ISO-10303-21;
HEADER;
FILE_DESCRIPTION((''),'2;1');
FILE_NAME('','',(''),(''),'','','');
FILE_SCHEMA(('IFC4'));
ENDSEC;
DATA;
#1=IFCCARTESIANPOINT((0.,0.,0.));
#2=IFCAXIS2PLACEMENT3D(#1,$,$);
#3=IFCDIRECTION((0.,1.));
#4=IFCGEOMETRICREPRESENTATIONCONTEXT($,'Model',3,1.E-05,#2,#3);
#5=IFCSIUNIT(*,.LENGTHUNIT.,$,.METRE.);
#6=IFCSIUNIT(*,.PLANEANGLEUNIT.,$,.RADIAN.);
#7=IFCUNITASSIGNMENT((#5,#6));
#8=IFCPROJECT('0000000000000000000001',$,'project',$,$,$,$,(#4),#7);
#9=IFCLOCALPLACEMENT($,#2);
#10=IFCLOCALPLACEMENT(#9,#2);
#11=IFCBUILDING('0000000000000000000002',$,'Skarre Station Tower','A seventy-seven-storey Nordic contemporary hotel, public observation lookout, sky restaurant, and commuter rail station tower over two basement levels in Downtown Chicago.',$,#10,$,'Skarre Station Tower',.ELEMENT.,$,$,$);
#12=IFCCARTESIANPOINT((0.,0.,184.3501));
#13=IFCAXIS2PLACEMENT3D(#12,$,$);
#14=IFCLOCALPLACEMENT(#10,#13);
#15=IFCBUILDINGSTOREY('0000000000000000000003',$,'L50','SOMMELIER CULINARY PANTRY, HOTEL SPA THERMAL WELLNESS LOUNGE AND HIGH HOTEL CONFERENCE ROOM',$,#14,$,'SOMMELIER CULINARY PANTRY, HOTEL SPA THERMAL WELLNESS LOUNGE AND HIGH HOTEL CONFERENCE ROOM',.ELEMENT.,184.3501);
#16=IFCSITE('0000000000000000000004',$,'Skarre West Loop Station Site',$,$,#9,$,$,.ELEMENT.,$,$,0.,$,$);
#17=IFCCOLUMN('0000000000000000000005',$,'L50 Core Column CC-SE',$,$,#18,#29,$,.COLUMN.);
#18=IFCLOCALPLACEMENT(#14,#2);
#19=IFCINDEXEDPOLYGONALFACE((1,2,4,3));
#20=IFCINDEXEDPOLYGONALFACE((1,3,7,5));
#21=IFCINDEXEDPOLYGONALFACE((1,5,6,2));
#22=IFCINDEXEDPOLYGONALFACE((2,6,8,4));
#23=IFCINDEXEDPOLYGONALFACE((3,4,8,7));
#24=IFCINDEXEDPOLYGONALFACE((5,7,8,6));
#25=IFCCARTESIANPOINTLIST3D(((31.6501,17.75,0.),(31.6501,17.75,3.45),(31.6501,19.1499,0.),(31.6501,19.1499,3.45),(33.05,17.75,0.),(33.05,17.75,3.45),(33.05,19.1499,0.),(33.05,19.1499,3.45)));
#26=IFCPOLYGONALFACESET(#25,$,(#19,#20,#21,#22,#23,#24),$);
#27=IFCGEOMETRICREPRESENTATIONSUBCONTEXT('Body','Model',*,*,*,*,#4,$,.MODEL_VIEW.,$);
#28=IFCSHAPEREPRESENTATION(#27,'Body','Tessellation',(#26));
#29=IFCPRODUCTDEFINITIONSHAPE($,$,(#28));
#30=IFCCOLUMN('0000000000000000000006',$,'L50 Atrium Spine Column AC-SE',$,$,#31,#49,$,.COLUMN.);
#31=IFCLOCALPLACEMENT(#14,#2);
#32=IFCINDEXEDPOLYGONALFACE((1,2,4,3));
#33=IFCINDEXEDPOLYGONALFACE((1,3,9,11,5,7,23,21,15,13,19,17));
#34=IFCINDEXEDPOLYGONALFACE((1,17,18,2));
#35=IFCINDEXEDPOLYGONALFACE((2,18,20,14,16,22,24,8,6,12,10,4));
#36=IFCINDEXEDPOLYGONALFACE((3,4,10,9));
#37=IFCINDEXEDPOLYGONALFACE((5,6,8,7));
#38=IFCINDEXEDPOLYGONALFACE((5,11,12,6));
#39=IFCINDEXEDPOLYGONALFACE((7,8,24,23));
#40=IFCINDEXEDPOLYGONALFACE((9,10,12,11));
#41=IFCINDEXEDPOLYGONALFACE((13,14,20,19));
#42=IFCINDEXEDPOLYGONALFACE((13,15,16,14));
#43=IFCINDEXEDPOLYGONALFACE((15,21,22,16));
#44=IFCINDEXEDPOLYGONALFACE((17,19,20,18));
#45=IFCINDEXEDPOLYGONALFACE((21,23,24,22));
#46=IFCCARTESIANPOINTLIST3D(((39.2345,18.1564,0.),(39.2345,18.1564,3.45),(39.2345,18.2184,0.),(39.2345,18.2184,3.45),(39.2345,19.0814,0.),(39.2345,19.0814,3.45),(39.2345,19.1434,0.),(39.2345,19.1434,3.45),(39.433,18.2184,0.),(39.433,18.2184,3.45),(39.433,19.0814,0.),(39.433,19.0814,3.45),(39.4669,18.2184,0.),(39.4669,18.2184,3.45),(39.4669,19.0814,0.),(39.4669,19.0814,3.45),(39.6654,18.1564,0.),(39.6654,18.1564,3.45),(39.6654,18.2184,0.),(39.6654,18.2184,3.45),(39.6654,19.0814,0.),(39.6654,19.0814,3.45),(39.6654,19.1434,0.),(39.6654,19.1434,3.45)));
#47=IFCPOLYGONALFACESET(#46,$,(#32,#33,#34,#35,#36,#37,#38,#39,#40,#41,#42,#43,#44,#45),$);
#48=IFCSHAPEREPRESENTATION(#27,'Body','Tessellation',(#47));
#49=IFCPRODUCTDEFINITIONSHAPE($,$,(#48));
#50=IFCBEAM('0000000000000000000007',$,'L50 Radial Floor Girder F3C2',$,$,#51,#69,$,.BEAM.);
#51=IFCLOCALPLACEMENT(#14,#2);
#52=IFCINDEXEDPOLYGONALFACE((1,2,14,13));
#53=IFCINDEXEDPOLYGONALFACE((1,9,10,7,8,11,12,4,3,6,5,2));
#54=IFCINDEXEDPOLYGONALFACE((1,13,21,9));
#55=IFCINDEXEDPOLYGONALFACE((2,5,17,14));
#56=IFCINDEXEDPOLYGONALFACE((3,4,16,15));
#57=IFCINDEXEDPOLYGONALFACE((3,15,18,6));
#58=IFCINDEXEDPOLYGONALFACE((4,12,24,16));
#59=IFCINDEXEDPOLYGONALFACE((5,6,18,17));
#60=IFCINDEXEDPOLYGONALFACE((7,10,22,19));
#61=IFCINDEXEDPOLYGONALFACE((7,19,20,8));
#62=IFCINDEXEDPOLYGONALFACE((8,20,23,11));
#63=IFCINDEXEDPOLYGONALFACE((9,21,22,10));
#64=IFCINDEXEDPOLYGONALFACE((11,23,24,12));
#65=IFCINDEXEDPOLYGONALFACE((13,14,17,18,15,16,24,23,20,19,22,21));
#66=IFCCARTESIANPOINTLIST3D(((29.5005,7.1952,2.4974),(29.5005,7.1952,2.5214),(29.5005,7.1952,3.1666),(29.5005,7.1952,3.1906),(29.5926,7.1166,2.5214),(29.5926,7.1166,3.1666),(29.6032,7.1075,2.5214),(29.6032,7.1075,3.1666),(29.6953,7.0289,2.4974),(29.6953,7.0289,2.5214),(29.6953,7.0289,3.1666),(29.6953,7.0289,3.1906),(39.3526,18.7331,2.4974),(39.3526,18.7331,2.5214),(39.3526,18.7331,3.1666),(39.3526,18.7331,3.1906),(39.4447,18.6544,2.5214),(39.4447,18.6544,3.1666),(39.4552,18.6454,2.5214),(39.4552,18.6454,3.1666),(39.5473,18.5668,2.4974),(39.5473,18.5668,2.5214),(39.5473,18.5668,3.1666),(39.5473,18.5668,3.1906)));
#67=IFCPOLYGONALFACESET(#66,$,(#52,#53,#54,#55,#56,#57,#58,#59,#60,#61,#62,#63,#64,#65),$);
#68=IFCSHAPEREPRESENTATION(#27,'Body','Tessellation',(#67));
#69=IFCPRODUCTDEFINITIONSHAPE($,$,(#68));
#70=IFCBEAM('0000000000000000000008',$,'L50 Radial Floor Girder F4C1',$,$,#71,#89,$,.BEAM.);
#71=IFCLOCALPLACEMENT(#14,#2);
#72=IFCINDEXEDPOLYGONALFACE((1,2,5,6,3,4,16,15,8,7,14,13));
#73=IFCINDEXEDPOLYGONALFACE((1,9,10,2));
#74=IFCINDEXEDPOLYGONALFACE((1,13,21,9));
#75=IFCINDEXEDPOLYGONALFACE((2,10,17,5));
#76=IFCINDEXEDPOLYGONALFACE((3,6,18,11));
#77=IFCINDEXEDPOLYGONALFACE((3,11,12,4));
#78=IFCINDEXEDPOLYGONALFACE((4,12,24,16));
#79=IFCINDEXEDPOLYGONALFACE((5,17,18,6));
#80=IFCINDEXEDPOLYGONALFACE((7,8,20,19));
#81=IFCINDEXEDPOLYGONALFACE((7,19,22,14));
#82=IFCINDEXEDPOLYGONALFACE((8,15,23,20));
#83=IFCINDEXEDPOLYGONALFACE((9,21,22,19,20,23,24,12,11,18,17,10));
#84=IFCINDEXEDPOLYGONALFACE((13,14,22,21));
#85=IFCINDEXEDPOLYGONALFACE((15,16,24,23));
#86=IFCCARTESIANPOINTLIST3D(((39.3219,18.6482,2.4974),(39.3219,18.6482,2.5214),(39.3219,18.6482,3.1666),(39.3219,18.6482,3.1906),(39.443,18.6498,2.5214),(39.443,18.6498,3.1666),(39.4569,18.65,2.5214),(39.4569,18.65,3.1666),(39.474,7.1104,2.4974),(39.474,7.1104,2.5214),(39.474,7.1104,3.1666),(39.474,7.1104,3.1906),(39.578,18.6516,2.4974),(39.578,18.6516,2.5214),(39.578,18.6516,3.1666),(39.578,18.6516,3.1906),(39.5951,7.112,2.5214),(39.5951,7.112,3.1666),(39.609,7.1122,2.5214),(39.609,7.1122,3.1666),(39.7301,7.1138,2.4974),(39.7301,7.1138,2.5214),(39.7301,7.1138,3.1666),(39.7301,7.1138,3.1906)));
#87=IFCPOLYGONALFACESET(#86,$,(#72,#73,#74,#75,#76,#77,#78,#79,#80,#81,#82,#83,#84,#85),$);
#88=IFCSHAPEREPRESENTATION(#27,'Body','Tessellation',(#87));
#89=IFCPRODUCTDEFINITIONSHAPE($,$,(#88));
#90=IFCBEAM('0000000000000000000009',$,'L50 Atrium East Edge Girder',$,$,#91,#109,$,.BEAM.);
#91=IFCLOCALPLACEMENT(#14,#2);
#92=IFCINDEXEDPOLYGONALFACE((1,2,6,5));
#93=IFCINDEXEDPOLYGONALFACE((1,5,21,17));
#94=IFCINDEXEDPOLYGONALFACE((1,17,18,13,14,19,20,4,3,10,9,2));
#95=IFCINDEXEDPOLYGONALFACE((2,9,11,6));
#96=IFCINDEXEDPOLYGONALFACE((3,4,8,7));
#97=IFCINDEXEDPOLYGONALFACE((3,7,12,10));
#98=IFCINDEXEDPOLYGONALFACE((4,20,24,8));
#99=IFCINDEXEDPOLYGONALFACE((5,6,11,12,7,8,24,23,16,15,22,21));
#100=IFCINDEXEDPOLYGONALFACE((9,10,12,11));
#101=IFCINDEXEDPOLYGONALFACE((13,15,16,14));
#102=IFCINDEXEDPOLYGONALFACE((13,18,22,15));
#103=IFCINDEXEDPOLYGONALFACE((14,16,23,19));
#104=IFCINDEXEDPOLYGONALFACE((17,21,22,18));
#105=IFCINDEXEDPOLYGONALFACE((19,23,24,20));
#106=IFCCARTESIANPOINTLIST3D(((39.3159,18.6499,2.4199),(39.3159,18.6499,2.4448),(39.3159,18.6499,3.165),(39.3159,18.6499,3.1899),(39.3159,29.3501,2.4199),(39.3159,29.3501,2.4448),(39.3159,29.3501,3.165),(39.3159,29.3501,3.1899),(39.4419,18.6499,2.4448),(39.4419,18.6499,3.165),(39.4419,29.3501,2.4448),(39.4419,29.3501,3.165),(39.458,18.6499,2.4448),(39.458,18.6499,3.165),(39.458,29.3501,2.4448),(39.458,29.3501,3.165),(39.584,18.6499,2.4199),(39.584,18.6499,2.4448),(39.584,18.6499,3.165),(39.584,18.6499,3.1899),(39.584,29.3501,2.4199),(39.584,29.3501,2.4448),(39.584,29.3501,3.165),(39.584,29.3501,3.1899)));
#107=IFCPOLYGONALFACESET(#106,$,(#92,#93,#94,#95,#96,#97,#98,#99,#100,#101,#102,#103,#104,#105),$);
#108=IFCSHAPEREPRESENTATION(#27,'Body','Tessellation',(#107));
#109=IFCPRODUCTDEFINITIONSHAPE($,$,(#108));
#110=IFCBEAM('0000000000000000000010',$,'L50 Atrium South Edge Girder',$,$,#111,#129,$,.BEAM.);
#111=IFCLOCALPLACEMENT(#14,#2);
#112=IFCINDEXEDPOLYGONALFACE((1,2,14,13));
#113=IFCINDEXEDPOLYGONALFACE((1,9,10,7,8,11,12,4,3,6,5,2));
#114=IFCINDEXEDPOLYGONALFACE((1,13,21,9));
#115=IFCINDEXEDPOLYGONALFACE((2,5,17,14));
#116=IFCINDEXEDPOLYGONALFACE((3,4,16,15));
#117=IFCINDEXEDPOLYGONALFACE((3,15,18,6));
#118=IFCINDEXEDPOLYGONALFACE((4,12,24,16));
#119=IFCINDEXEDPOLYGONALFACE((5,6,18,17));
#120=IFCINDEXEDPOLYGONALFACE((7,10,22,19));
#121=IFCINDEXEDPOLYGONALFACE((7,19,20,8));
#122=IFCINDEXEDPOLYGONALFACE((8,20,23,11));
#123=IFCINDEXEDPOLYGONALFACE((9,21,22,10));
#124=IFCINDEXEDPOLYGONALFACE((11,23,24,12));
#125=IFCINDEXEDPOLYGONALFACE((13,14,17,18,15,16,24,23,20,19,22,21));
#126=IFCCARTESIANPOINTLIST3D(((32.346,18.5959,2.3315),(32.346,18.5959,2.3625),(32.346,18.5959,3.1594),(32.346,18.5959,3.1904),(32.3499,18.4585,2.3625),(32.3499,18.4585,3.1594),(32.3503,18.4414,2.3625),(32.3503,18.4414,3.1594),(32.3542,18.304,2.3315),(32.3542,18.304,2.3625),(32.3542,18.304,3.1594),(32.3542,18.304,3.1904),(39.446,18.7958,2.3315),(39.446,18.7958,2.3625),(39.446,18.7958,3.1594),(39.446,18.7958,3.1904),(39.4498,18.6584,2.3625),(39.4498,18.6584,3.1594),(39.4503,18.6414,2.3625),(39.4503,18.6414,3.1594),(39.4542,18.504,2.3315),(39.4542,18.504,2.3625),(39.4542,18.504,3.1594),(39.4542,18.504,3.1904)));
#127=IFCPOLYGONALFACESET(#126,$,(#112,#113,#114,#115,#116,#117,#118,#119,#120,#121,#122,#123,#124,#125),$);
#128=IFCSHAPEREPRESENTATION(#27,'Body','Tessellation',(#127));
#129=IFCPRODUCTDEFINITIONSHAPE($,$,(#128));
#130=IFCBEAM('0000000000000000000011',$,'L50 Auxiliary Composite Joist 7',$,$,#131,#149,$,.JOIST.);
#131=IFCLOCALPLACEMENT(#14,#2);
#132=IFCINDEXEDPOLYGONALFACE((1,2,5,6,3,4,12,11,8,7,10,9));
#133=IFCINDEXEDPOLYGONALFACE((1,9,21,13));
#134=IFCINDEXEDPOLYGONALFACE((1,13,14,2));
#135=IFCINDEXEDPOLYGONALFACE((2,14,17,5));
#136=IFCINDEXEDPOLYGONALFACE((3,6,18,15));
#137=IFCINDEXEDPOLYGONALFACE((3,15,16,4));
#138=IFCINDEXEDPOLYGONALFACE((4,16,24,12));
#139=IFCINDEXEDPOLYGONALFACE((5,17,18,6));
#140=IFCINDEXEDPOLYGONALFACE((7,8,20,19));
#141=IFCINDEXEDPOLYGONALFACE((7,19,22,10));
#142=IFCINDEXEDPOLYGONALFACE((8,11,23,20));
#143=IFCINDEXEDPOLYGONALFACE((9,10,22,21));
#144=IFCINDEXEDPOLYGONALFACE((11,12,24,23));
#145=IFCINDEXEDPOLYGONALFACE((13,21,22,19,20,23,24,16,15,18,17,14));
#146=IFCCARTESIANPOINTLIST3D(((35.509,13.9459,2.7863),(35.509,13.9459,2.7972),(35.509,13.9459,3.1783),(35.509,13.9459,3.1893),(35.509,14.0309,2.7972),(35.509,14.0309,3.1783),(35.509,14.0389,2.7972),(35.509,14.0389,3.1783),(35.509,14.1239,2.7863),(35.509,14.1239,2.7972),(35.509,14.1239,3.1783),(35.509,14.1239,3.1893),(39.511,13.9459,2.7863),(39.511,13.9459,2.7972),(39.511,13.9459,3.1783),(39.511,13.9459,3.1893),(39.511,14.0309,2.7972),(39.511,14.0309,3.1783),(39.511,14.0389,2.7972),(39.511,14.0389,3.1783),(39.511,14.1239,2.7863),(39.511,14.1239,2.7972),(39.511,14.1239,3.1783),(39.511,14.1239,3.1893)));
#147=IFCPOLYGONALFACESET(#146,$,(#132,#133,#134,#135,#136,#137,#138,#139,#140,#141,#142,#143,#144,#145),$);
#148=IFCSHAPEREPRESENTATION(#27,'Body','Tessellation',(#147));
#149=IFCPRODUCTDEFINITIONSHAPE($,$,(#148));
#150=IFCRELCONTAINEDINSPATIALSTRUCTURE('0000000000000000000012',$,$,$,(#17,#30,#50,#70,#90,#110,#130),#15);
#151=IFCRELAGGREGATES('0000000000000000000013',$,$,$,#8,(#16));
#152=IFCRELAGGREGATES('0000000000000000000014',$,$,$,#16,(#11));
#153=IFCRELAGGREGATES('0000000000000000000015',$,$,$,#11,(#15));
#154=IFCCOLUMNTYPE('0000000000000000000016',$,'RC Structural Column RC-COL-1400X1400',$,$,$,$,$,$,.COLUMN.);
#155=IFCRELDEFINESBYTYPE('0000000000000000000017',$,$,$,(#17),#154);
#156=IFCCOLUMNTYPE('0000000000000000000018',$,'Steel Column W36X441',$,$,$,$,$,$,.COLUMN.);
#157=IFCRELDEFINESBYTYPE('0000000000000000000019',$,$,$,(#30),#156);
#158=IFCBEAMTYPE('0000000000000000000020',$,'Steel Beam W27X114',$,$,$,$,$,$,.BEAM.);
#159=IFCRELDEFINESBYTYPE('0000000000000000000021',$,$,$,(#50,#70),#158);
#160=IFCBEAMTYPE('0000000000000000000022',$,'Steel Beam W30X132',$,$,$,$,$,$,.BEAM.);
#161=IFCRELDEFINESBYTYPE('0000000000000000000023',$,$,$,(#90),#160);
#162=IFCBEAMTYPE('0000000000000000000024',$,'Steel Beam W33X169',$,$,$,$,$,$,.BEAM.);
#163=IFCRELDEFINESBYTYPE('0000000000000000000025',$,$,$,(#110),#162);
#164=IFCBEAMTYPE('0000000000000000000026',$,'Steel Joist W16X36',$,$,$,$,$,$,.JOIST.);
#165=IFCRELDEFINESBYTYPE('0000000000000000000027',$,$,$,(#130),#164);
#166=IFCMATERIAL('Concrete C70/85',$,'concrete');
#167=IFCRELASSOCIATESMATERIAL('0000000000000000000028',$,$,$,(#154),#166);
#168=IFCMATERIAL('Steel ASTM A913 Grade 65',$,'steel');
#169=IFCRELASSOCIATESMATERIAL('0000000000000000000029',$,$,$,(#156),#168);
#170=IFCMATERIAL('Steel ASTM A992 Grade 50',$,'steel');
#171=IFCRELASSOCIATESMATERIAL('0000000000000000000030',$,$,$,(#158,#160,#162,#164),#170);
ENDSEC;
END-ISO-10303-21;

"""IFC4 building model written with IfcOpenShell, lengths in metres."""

from ifc_helpers import new_model, si_unit, direction, frame, origin, origin_2d, place, context, subcontext, project, spatial, rectangle, i_section, extrude, material, material_profile, profile_set, type_object, element, save


model = new_model("IFC4")

# Units and contexts
model_context = context("Model", 3, precision=1e-05, world=origin(), true_north=direction((0.0, 1.0)))
body_context = subcontext(model_context, "Body", "Model", "MODEL_VIEW")
ifc_project = project(units=[si_unit("LENGTHUNIT", "METRE"), si_unit("PLANEANGLEUNIT", "RADIAN")], contexts=[model_context])

# Site, building, storey
site_placement = place(None, origin())
site = spatial("IfcSite", under=ifc_project, at=site_placement, Name="Skarre West Loop Station Site", CompositionType="ELEMENT", RefElevation=0.0)
building_placement = place(site_placement, origin())
building = spatial("IfcBuilding", under=site, at=building_placement, Name="Skarre Station Tower", Description="A seventy-seven-storey Nordic contemporary hotel, public observation lookout, sky restaurant, and commuter rail station tower over two basement levels in Downtown Chicago.", LongName="Skarre Station Tower", CompositionType="ELEMENT")
storey_placement = place(building_placement, frame((0.0, 0.0, 184.3501)))
storey = spatial("IfcBuildingStorey", under=building, at=storey_placement, Name="L50", Description="SOMMELIER CULINARY PANTRY, HOTEL SPA THERMAL WELLNESS LOUNGE AND HIGH HOTEL CONFERENCE ROOM", LongName="SOMMELIER CULINARY PANTRY, HOTEL SPA THERMAL WELLNESS LOUNGE AND HIGH HOTEL CONFERENCE ROOM", CompositionType="ELEMENT", Elevation=184.3501)

# Columns
ifc_material_1 = material(Name="Concrete C70/85", Category="concrete")
ifc_material_profile_1 = material_profile(ifc_material_1, rectangle(XDim=1.3999, YDim=1.3999, at=origin_2d()), Name="Concrete C70/85")
ifc_profile_set_1 = profile_set([ifc_material_profile_1], Name="Concrete C70/85")
column_type_1 = type_object("IfcColumnType", Name="RC Structural Column RC-COL-1400X1400", PredefinedType="COLUMN", material=ifc_profile_set_1)
column_1_placement = place(storey_placement, frame((32.3501, 18.45, 0.0), z_axis=(0.0, 0.0, 1.0), x_axis=(1.0, 0.0, 0.0)))
element("IfcColumn", 1, at=column_1_placement, inside=storey, type_object=column_type_1, Name="L50 Core Column CC-SE", PredefinedType="COLUMN", context=body_context, shape_type="SweptSolid", body=[
    extrude(rectangle(XDim=1.3999, YDim=1.3999, at=origin_2d()), origin(), (0.0, 0.0, 1.0), 3.45),
])
ifc_material_2 = material(Name="Steel ASTM A913 Grade 65", Category="steel")
ifc_material_profile_2 = material_profile(ifc_material_2, i_section(OverallWidth=0.4309, OverallDepth=0.9871, WebThickness=0.0339, FlangeThickness=0.062, at=origin_2d()), Name="Steel ASTM A913 Grade 65")
ifc_profile_set_2 = profile_set([ifc_material_profile_2], Name="Steel ASTM A913 Grade 65")
column_type_2 = type_object("IfcColumnType", Name="Steel Column W36X441", PredefinedType="COLUMN", material=ifc_profile_set_2)
column_2_placement = place(storey_placement, frame((39.45, 18.6499, 0.0), z_axis=(0.0, 0.0, 1.0), x_axis=(1.0, 0.0, 0.0)))
element("IfcColumn", 2, at=column_2_placement, inside=storey, type_object=column_type_2, Name="L50 Atrium Spine Column AC-SE", PredefinedType="COLUMN", context=body_context, shape_type="SweptSolid", body=[
    extrude(i_section(OverallWidth=0.4309, OverallDepth=0.9871, WebThickness=0.0339, FlangeThickness=0.062, at=origin_2d()), origin(), (0.0, 0.0, 1.0), 3.45),
])

# Beams
ifc_material_3 = material(Name="Steel ASTM A992 Grade 50", Category="steel")
ifc_material_profile_3 = material_profile(ifc_material_3, i_section(OverallWidth=0.2561, OverallDepth=0.6931, WebThickness=0.0139, FlangeThickness=0.0239, at=origin_2d()), Name="Steel ASTM A992 Grade 50")
ifc_profile_set_3 = profile_set([ifc_material_profile_3], Name="Steel ASTM A992 Grade 50")
beam_type_1 = type_object("IfcBeamType", Name="Steel Beam W27X114", PredefinedType="BEAM", material=ifc_profile_set_3)
beam_1_placement = place(storey_placement, frame((39.45, 18.6499, 2.844), z_axis=(-0.649364, -0.760477, 0.0), x_axis=(0.760477, -0.649364, 0.0)))
element("IfcBeam", 3, at=beam_1_placement, inside=storey, type_object=beam_type_1, Name="L50 Radial Floor Girder F3C2", PredefinedType="BEAM", context=body_context, shape_type="SweptSolid", body=[
    extrude(i_section(OverallWidth=0.2561, OverallDepth=0.6931, WebThickness=0.0139, FlangeThickness=0.0239, at=origin_2d()), origin(), (0.0, 0.0, 1.0), 15.1719),
])
beam_2_placement = place(storey_placement, frame((39.45, 18.6499, 2.844), z_axis=(0.013182, -0.999913, 0.0), x_axis=(0.999913, 0.013182, 0.0)))
element("IfcBeam", 4, at=beam_2_placement, inside=storey, type_object=beam_type_1, Name="L50 Radial Floor Girder F4C1", PredefinedType="BEAM", context=body_context, shape_type="SweptSolid", body=[
    extrude(i_section(OverallWidth=0.2561, OverallDepth=0.6931, WebThickness=0.0139, FlangeThickness=0.0239, at=origin_2d()), origin(), (0.0, 0.0, 1.0), 11.5388),
])
ifc_material_profile_4 = material_profile(ifc_material_3, i_section(OverallWidth=0.2681, OverallDepth=0.77, WebThickness=0.0161, FlangeThickness=0.0249, at=origin_2d()), Name="Steel ASTM A992 Grade 50")
ifc_profile_set_4 = profile_set([ifc_material_profile_4], Name="Steel ASTM A992 Grade 50")
beam_type_2 = type_object("IfcBeamType", Name="Steel Beam W30X132", PredefinedType="BEAM", material=ifc_profile_set_4)
beam_3_placement = place(storey_placement, frame((39.45, 18.6499, 2.8049), z_axis=(0.0, 1.0, 0.0), x_axis=(-1.0, 0.0, 0.0)))
element("IfcBeam", 5, at=beam_3_placement, inside=storey, type_object=beam_type_2, Name="L50 Atrium East Edge Girder", PredefinedType="BEAM", context=body_context, shape_type="SweptSolid", body=[
    extrude(i_section(OverallWidth=0.2681, OverallDepth=0.77, WebThickness=0.0161, FlangeThickness=0.0249, at=origin_2d()), origin(), (0.0, 0.0, 1.0), 10.7002),
])
ifc_material_profile_5 = material_profile(ifc_material_3, i_section(OverallWidth=0.292, OverallDepth=0.8589, WebThickness=0.0171, FlangeThickness=0.031, at=origin_2d()), Name="Steel ASTM A992 Grade 50")
ifc_profile_set_5 = profile_set([ifc_material_profile_5], Name="Steel ASTM A992 Grade 50")
beam_type_3 = type_object("IfcBeamType", Name="Steel Beam W33X169", PredefinedType="BEAM", material=ifc_profile_set_5)
beam_4_placement = place(storey_placement, frame((32.3501, 18.45, 2.761), z_axis=(0.999604, 0.028152, 0.0), x_axis=(-0.028152, 0.999604, 0.0)))
element("IfcBeam", 6, at=beam_4_placement, inside=storey, type_object=beam_type_3, Name="L50 Atrium South Edge Girder", PredefinedType="BEAM", context=body_context, shape_type="SweptSolid", body=[
    extrude(i_section(OverallWidth=0.292, OverallDepth=0.8589, WebThickness=0.0171, FlangeThickness=0.031, at=origin_2d()), origin(), (0.0, 0.0, 1.0), 7.1028),
])
ifc_material_profile_6 = material_profile(ifc_material_3, i_section(OverallWidth=0.178, OverallDepth=0.4031, WebThickness=0.0081, FlangeThickness=0.011, at=origin_2d()), Name="Steel ASTM A992 Grade 50")
ifc_profile_set_6 = profile_set([ifc_material_profile_6], Name="Steel ASTM A992 Grade 50")
beam_type_4 = type_object("IfcBeamType", Name="Steel Joist W16X36", PredefinedType="JOIST", material=ifc_profile_set_6)
beam_5_placement = place(storey_placement, frame((35.509, 14.0349, 2.9878), z_axis=(1.0, 0.0, 0.0), x_axis=(0.0, 1.0, 0.0)))
element("IfcBeam", 7, at=beam_5_placement, inside=storey, type_object=beam_type_4, Name="L50 Auxiliary Composite Joist 7", PredefinedType="JOIST", context=body_context, shape_type="SweptSolid", body=[
    extrude(i_section(OverallWidth=0.178, OverallDepth=0.4031, WebThickness=0.0081, FlangeThickness=0.011, at=origin_2d()), origin(), (0.0, 0.0, 1.0), 4.002),
])

save(model, "model.ifc")
